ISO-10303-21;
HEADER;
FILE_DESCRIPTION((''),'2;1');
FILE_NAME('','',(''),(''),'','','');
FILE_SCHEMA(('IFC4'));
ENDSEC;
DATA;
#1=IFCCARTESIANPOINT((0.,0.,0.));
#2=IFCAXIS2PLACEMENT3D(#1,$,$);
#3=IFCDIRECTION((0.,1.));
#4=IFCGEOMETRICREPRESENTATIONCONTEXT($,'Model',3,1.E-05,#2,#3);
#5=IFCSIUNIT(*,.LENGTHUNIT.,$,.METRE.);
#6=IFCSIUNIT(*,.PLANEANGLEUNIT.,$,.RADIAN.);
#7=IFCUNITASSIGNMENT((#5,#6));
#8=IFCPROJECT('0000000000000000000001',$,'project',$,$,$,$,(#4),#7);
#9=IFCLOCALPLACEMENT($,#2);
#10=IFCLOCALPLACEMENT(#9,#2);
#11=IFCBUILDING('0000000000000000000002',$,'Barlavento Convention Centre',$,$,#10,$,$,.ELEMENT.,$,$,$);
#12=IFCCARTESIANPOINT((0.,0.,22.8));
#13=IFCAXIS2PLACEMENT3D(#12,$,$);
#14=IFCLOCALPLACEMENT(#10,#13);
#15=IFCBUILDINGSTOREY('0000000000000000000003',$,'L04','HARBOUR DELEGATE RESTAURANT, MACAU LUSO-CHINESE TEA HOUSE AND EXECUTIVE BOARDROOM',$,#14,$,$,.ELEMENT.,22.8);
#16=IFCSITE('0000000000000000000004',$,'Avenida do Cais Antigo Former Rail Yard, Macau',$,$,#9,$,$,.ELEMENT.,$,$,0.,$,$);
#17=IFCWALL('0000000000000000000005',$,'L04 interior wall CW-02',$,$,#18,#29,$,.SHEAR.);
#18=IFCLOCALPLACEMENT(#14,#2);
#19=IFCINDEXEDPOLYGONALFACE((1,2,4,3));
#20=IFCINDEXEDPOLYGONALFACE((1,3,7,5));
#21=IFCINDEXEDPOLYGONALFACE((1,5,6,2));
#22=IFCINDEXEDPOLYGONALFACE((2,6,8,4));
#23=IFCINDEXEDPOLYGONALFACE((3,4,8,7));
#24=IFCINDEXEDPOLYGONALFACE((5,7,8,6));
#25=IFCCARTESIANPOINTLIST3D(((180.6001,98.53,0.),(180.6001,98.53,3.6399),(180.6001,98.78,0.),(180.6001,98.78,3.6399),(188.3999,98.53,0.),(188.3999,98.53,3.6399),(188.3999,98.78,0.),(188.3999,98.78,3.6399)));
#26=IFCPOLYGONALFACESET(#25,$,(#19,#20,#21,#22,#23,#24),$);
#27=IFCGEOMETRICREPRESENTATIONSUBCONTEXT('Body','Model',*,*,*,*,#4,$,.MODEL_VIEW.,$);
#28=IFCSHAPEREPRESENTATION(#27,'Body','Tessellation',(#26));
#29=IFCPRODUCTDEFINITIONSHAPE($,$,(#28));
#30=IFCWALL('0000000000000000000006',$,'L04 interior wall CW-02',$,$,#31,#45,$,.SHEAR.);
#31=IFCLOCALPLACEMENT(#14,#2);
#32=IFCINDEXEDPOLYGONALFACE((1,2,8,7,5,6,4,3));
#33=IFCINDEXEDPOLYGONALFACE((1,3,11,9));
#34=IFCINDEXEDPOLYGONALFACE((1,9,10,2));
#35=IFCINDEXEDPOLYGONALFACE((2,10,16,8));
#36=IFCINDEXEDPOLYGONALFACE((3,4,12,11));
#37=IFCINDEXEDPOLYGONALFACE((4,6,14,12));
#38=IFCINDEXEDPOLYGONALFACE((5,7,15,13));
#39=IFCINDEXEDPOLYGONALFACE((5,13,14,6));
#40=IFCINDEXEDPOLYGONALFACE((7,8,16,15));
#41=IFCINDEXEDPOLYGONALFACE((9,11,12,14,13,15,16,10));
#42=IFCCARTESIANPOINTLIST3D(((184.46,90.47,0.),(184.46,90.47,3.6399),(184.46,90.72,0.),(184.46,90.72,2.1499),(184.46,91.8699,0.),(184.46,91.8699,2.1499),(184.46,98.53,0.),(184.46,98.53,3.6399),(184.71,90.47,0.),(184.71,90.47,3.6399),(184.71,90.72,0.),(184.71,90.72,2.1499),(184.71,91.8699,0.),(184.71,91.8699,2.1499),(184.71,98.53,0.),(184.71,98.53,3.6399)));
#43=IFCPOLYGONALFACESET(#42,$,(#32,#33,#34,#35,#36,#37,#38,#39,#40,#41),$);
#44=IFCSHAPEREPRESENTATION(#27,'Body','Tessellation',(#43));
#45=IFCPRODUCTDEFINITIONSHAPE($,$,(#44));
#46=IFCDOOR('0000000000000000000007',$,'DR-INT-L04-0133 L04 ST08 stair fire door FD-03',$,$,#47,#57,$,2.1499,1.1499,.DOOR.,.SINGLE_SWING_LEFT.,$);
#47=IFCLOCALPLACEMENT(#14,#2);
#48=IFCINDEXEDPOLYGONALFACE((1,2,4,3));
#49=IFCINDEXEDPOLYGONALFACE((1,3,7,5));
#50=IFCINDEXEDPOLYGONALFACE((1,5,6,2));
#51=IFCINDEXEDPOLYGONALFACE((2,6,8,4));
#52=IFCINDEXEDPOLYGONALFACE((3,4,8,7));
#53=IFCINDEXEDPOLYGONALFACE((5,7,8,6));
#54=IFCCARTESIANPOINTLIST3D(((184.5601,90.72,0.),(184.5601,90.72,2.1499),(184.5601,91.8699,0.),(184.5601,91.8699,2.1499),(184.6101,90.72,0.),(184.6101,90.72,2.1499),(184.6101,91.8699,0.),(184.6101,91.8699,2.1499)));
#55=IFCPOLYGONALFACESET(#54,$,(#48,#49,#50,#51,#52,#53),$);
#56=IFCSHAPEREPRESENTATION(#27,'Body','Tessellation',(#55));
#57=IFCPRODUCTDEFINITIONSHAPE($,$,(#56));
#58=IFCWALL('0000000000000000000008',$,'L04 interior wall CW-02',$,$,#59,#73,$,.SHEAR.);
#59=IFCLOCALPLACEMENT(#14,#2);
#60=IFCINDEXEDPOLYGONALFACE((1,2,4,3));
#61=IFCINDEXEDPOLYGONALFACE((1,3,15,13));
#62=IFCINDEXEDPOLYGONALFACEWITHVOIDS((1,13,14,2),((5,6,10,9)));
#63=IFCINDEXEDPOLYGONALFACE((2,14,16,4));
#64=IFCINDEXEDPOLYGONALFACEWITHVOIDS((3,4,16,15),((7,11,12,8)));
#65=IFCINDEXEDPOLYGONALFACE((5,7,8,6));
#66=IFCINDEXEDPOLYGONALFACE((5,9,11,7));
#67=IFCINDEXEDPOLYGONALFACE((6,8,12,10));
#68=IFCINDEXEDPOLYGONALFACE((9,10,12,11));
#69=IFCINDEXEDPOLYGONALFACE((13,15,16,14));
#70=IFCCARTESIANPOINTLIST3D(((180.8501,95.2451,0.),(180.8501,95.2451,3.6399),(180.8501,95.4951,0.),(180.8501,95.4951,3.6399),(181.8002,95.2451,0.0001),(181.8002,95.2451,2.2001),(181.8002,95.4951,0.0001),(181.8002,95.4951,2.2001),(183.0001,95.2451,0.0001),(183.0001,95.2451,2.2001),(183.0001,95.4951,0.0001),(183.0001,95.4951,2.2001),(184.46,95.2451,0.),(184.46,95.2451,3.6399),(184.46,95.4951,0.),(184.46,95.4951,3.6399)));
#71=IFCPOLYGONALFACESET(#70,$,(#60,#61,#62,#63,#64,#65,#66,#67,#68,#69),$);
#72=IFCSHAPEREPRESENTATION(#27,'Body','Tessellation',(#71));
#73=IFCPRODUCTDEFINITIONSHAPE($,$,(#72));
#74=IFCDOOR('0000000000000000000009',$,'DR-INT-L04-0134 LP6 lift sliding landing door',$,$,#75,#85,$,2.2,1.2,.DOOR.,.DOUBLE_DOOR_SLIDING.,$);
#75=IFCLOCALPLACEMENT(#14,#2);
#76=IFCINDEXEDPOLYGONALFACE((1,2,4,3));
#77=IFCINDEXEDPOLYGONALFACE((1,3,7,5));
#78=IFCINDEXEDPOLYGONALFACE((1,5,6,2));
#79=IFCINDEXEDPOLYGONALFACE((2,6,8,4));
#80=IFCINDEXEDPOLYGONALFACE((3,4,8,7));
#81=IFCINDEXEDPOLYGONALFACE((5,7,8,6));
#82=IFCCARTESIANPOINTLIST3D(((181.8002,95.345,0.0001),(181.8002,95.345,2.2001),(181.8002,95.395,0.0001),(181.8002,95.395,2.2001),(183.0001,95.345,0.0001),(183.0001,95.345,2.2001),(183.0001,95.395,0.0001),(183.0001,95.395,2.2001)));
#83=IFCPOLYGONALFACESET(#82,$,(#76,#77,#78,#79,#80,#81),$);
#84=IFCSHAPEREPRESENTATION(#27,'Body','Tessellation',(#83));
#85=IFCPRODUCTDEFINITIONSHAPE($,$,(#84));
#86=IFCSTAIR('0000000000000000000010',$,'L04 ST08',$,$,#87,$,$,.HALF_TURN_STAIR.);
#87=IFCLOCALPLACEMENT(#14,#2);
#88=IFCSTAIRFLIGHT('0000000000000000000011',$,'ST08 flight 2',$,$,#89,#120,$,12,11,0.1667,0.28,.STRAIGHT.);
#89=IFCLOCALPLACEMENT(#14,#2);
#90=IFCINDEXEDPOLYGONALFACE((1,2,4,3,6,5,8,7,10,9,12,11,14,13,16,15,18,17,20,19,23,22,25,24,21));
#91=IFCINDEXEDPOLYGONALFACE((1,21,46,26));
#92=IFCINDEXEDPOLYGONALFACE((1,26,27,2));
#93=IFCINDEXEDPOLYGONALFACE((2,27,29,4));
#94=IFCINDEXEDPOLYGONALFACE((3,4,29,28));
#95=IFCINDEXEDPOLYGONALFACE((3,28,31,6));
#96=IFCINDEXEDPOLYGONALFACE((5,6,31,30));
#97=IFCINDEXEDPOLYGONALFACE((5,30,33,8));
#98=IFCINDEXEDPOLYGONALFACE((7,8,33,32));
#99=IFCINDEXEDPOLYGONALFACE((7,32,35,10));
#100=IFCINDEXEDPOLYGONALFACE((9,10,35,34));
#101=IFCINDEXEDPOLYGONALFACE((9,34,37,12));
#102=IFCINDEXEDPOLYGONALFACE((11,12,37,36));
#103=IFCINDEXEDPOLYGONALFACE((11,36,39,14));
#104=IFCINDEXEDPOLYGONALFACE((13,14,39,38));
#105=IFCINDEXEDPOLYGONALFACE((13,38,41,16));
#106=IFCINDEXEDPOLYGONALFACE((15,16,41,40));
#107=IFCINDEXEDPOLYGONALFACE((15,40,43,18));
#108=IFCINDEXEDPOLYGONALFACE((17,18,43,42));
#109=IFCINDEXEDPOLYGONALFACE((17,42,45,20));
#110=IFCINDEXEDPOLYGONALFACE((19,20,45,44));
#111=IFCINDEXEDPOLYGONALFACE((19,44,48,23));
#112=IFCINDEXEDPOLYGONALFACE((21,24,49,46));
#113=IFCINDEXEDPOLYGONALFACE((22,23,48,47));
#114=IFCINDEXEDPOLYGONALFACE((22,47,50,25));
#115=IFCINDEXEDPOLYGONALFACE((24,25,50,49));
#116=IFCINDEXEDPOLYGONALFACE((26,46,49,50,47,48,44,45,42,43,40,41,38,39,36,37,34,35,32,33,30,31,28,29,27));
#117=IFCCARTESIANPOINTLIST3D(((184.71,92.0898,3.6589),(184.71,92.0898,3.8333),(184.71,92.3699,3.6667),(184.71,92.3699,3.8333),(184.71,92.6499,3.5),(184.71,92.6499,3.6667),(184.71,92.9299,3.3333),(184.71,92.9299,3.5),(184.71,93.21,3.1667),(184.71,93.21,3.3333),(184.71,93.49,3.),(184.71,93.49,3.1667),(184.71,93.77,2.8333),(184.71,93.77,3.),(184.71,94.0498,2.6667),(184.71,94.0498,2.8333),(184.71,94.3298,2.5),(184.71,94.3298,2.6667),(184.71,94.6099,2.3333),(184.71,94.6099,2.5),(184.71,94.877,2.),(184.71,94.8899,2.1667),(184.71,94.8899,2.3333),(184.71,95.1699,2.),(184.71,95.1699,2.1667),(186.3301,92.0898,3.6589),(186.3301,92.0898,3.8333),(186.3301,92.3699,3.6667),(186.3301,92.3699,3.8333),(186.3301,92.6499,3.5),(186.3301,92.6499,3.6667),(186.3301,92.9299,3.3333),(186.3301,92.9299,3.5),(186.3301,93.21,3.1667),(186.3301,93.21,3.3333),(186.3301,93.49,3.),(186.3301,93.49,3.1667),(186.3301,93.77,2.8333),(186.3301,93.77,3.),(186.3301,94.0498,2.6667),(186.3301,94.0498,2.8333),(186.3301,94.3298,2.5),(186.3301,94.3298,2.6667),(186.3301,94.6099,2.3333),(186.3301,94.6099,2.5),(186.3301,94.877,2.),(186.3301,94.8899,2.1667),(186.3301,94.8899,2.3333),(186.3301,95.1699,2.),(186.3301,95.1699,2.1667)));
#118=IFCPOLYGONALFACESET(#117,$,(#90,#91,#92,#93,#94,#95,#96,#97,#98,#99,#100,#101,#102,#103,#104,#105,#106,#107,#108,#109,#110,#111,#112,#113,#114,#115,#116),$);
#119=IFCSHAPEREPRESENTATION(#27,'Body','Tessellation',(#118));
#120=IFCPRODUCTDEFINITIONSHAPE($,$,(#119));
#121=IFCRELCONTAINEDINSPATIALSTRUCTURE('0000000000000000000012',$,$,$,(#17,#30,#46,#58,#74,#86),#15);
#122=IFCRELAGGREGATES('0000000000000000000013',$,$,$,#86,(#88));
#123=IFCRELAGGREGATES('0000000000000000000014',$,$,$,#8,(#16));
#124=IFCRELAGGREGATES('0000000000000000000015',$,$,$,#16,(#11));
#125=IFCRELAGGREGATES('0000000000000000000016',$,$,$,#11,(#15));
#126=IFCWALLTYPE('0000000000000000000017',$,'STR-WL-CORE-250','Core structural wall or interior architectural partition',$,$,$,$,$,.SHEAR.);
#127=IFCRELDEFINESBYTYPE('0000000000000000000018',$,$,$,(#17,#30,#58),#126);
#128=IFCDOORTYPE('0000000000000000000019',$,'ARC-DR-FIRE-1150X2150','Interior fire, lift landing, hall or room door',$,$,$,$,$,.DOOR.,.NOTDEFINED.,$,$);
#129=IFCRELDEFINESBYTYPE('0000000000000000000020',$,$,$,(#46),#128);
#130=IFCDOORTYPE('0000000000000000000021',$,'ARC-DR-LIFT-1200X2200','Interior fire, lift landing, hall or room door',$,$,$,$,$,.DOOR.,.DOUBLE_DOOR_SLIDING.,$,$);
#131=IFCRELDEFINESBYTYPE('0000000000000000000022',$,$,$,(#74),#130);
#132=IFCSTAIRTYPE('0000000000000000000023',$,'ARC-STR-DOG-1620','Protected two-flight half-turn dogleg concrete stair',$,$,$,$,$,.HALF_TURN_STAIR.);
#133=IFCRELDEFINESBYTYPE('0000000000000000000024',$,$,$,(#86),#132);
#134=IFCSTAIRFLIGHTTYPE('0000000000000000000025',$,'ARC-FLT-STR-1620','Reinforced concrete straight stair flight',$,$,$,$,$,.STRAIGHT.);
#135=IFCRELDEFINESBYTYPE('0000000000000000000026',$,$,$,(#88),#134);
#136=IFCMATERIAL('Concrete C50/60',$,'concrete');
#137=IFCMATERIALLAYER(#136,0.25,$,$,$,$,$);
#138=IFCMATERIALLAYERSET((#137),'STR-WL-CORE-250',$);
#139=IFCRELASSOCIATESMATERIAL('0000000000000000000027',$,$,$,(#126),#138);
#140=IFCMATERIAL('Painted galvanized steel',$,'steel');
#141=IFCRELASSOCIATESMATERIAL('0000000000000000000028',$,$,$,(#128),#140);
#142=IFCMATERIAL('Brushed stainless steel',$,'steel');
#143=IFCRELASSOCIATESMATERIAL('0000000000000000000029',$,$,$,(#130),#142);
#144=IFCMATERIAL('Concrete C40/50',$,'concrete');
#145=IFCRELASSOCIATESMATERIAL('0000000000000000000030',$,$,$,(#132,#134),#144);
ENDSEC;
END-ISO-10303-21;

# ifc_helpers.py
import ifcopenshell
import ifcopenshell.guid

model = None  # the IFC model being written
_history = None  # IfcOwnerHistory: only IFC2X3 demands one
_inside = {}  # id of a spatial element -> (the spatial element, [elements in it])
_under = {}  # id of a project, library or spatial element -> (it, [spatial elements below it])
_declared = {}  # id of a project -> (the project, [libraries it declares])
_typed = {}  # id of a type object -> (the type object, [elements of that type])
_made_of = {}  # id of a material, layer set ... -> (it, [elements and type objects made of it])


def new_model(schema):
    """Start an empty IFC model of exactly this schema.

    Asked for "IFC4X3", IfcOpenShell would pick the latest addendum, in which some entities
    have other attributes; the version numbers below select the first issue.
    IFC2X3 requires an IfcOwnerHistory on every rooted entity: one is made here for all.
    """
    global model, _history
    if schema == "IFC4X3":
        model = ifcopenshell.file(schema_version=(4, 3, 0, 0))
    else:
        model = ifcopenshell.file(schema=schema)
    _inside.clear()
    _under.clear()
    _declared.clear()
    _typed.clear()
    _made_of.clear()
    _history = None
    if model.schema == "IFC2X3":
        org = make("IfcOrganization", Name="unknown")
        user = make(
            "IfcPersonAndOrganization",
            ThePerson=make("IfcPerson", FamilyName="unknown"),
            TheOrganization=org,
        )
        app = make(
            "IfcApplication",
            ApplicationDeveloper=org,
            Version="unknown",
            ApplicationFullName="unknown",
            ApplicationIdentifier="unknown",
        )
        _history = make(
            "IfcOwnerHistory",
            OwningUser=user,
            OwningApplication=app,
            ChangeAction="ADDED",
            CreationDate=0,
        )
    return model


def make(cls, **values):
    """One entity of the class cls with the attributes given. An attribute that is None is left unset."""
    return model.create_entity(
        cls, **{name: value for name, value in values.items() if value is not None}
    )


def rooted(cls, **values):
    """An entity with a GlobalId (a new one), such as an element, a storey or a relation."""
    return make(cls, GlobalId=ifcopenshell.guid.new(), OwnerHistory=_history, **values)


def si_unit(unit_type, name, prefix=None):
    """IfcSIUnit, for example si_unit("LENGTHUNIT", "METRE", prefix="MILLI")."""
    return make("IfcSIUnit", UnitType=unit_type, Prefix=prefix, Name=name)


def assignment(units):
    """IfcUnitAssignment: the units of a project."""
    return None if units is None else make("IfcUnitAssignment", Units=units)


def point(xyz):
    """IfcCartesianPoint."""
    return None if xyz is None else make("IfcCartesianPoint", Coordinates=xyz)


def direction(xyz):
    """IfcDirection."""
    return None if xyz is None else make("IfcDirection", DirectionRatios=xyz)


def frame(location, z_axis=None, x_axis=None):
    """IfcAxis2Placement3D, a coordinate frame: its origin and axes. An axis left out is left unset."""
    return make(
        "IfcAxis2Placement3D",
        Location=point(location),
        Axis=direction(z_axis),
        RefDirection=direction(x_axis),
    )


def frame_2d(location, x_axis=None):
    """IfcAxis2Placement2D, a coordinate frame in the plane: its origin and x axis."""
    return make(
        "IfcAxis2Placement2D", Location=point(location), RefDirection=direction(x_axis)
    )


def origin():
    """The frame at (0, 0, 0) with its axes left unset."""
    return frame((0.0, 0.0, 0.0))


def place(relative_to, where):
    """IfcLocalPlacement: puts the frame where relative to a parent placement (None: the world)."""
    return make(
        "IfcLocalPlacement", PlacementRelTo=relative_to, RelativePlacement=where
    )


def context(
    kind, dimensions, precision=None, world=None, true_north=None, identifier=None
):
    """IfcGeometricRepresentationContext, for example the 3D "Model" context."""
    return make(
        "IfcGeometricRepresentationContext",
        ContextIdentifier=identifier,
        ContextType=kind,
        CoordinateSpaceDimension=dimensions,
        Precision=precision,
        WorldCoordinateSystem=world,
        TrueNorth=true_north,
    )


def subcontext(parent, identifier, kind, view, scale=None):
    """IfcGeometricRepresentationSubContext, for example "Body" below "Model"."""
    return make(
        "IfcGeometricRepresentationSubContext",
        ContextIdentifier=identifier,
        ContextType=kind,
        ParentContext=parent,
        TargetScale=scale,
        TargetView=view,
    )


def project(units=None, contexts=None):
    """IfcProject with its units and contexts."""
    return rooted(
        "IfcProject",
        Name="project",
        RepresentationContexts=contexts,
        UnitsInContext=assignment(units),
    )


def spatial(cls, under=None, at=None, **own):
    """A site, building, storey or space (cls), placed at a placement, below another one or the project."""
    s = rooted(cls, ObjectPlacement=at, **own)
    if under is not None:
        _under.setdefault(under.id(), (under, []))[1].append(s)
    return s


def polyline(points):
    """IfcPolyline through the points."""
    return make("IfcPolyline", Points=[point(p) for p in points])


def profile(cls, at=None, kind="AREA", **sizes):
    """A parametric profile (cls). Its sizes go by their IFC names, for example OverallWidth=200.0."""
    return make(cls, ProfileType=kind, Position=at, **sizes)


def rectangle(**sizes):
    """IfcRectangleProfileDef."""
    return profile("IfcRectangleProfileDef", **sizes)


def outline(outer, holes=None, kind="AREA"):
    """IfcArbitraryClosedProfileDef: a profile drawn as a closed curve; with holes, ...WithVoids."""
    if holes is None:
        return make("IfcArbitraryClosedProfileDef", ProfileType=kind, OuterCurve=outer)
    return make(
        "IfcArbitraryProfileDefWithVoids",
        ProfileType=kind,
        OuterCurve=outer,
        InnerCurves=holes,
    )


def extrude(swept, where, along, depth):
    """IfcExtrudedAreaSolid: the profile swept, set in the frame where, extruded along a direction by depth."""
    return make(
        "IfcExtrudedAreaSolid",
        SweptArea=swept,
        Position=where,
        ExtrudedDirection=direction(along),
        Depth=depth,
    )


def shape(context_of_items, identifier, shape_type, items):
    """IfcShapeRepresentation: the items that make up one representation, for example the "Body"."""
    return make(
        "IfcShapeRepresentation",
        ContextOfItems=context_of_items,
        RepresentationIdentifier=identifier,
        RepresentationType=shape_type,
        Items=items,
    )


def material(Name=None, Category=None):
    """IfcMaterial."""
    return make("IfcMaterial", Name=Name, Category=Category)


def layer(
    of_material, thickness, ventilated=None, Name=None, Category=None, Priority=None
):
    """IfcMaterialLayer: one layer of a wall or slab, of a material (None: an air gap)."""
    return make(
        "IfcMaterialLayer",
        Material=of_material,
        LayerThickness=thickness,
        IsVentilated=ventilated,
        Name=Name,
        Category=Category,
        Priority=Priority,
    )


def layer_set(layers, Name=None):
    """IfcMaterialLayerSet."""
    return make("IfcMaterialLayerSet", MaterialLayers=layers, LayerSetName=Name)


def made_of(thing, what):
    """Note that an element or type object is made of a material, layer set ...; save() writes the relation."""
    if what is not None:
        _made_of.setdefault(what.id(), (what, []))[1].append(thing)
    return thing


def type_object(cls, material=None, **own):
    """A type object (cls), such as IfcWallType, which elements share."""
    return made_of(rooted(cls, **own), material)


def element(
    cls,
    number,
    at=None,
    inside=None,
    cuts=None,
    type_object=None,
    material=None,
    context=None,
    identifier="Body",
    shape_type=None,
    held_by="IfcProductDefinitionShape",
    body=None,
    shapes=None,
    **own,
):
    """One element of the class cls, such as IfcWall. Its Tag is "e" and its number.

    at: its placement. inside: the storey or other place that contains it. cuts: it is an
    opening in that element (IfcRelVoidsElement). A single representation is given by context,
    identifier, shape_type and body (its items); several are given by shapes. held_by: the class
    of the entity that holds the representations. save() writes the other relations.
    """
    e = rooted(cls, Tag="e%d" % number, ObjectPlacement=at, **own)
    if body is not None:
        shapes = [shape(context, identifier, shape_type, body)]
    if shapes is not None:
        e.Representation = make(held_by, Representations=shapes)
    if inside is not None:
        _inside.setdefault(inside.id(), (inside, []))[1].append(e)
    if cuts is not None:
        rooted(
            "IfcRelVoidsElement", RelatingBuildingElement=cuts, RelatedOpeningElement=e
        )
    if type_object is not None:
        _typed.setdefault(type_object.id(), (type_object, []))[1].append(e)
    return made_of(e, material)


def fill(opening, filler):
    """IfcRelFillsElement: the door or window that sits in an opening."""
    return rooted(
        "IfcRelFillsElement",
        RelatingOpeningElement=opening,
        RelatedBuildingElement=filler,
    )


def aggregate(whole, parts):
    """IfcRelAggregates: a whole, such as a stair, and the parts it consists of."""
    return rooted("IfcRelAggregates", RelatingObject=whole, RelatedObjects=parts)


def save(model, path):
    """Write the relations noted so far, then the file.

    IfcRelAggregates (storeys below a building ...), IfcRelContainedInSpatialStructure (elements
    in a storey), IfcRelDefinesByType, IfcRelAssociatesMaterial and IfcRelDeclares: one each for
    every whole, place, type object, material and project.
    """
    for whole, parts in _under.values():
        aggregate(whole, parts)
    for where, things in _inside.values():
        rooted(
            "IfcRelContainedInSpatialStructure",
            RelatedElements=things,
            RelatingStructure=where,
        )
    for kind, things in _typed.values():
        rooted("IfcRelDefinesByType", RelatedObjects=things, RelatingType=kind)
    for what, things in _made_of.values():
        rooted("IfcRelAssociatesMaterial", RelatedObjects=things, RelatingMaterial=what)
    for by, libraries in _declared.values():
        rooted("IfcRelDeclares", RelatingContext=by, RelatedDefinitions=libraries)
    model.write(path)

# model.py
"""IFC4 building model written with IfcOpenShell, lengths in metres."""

from ifc_helpers import new_model, si_unit, direction, frame, frame_2d, origin, place, context, subcontext, project, spatial, polyline, rectangle, outline, extrude, material, layer, layer_set, type_object, element, fill, aggregate, save


model = new_model("IFC4")

# Units and contexts
model_context = context("Model", 3, precision=1e-05, world=origin(), true_north=direction((0.0, 1.0)))
body_context = subcontext(model_context, "Body", "Model", "MODEL_VIEW")
ifc_project = project(units=[si_unit("LENGTHUNIT", "METRE"), si_unit("PLANEANGLEUNIT", "RADIAN")], contexts=[model_context])

# Site, building, storey
site_placement = place(None, origin())
site = spatial("IfcSite", under=ifc_project, at=site_placement, Name="Avenida do Cais Antigo Former Rail Yard, Macau", CompositionType="ELEMENT", RefElevation=0.0)
building_placement = place(site_placement, origin())
building = spatial("IfcBuilding", under=site, at=building_placement, Name="Barlavento Convention Centre", CompositionType="ELEMENT")
storey_placement = place(building_placement, frame((0.0, 0.0, 22.8)))
storey = spatial("IfcBuildingStorey", under=building, at=storey_placement, Name="L04", Description="HARBOUR DELEGATE RESTAURANT, MACAU LUSO-CHINESE TEA HOUSE AND EXECUTIVE BOARDROOM", CompositionType="ELEMENT", Elevation=22.8)

# Shared definitions
ifc_material_1 = material(Name="Concrete C50/60", Category="concrete")
ifc_layer_1 = layer(ifc_material_1, 0.25)
ifc_layer_set_1 = layer_set([ifc_layer_1], Name="STR-WL-CORE-250")
wall_type_1 = type_object("IfcWallType", Name="STR-WL-CORE-250", Description="Core structural wall or interior architectural partition", PredefinedType="SHEAR", material=ifc_layer_set_1)
ifc_material_2 = material(Name="Painted galvanized steel", Category="steel")

# Wall
for number, where, z_axis, x_axis, name in (
    (1, (180.6001, 98.655, 0.0), (0.0, 0.0, 1.0), (1.0, 0.0, 0.0), "L04 interior wall CW-02"),
):
    element("IfcWall", number, at=place(storey_placement, frame(where, z_axis=z_axis, x_axis=x_axis)), inside=storey, type_object=wall_type_1, Name=name, PredefinedType="SHEAR", context=body_context, shape_type="SweptSolid", body=[
        extrude(rectangle(XDim=7.7998, YDim=0.25, at=frame_2d((3.8999, 0.0))), origin(), (0.0, 0.0, 1.0), 3.6399),
    ])

# Walls, openings, doors
wall_1_placement = place(storey_placement, frame((184.585, 90.47, 0.0), z_axis=(0.0, 0.0, 1.0), x_axis=(0.0, 1.0, 0.0)))
wall_1 = element("IfcWall", 2, at=wall_1_placement, inside=storey, type_object=wall_type_1, Name="L04 interior wall CW-02", PredefinedType="SHEAR", context=body_context, shape_type="SweptSolid", body=[
    extrude(rectangle(XDim=8.0601, YDim=0.25, at=frame_2d((4.03, 0.0))), origin(), (0.0, 0.0, 1.0), 3.6399),
])
opening_1_placement = place(wall_1_placement, frame((0.25, 0.0, 0.0)))
opening_1 = element("IfcOpeningElement", 3, at=opening_1_placement, cuts=wall_1, PredefinedType="OPENING", context=body_context, shape_type="SweptSolid", body=[
    extrude(rectangle(XDim=1.1499, YDim=2.1499, at=frame_2d((0.575, 1.075))), frame((0.0, 0.135, 0.0), z_axis=(0.0, -1.0, 0.0), x_axis=(1.0, 0.0, 0.0)), (0.0, 0.0, 1.0), 0.27),
])
door_type_1 = type_object("IfcDoorType", Name="ARC-DR-FIRE-1150X2150", Description="Interior fire, lift landing, hall or room door", OperationType="NOTDEFINED", PredefinedType="DOOR", material=ifc_material_2)
door_1_placement = place(opening_1_placement, origin())
door_1 = element("IfcDoor", 4, at=door_1_placement, inside=storey, type_object=door_type_1, Name="DR-INT-L04-0133 L04 ST08 stair fire door FD-03", OperationType="SINGLE_SWING_LEFT", OverallHeight=2.1499, OverallWidth=1.1499, PredefinedType="DOOR", context=body_context, shape_type="SweptSolid", body=[
    extrude(rectangle(XDim=1.1499, YDim=2.1499, at=frame_2d((0.575, 1.075))), frame((0.0, 0.0249, 0.0), z_axis=(0.0, -1.0, 0.0), x_axis=(1.0, 0.0, 0.0)), (0.0, 0.0, 1.0), 0.05),
])
fill(opening_1, door_1)
wall_2_placement = place(storey_placement, frame((180.8501, 95.3701, 0.0), z_axis=(0.0, 0.0, 1.0), x_axis=(1.0, 0.0, 0.0)))
wall_2 = element("IfcWall", 5, at=wall_2_placement, inside=storey, type_object=wall_type_1, Name="L04 interior wall CW-02", PredefinedType="SHEAR", context=body_context, shape_type="SweptSolid", body=[
    extrude(rectangle(XDim=3.6099, YDim=0.25, at=frame_2d((1.8049, 0.0))), origin(), (0.0, 0.0, 1.0), 3.6399),
])
opening_2_placement = place(wall_2_placement, frame((0.95, 0.0, 0.0)))
opening_2 = element("IfcOpeningElement", 6, at=opening_2_placement, cuts=wall_2, PredefinedType="OPENING", context=body_context, shape_type="SweptSolid", body=[
    extrude(rectangle(XDim=1.2, YDim=2.2, at=frame_2d((0.6001, 1.1001))), frame((0.0, 0.135, 0.0), z_axis=(0.0, -1.0, 0.0), x_axis=(1.0, 0.0, 0.0)), (0.0, 0.0, 1.0), 0.27),
])
ifc_material_3 = material(Name="Brushed stainless steel", Category="steel")
door_type_2 = type_object("IfcDoorType", Name="ARC-DR-LIFT-1200X2200", Description="Interior fire, lift landing, hall or room door", OperationType="DOUBLE_DOOR_SLIDING", PredefinedType="DOOR", material=ifc_material_3)
door_2_placement = place(opening_2_placement, origin())
door_2 = element("IfcDoor", 7, at=door_2_placement, inside=storey, type_object=door_type_2, Name="DR-INT-L04-0134 LP6 lift sliding landing door", OperationType="DOUBLE_DOOR_SLIDING", OverallHeight=2.2, OverallWidth=1.2, PredefinedType="DOOR", context=body_context, shape_type="SweptSolid", body=[
    extrude(rectangle(XDim=1.2, YDim=2.2, at=frame_2d((0.6001, 1.1001))), frame((0.0, 0.0249, 0.0), z_axis=(0.0, -1.0, 0.0), x_axis=(1.0, 0.0, 0.0)), (0.0, 0.0, 1.0), 0.05),
])
fill(opening_2, door_2)

# Stair, stair flight
ifc_material_4 = material(Name="Concrete C40/50", Category="concrete")
stair_type = type_object("IfcStairType", Name="ARC-STR-DOG-1620", Description="Protected two-flight half-turn dogleg concrete stair", PredefinedType="HALF_TURN_STAIR", material=ifc_material_4)
stair_placement = place(storey_placement, origin())
stair = element("IfcStair", 8, at=stair_placement, inside=storey, type_object=stair_type, Name="L04 ST08", PredefinedType="HALF_TURN_STAIR")
stair_flight_type = type_object("IfcStairFlightType", Name="ARC-FLT-STR-1620", Description="Reinforced concrete straight stair flight", PredefinedType="STRAIGHT", material=ifc_material_4)
stair_flight_placement = place(storey_placement, frame((185.52, 95.1699, 2.0), z_axis=(0.0, 0.0, 1.0), x_axis=(0.0, -1.0, 0.0)))
stair_flight = element("IfcStairFlight", 9, at=stair_flight_placement, type_object=stair_flight_type, Name="ST08 flight 2", NumberOfRisers=12, NumberOfTreads=11, PredefinedType="STRAIGHT", RiserHeight=0.1667, TreadLength=0.28, context=body_context, shape_type="SweptSolid", body=[
    extrude(outline(polyline([(0.0, 0.0), (0.0, 0.1667), (0.28, 0.1667), (0.28, 0.3333), (0.5601, 0.3333), (0.5601, 0.5), (0.8401, 0.5), (0.8401, 0.6667), (1.1201, 0.6667), (1.1201, 0.8333), (1.3999, 0.8333), (1.3999, 1.0), (1.6799, 1.0), (1.6799, 1.1667), (1.96, 1.1667), (1.96, 1.3333), (2.24, 1.3333), (2.24, 1.5), (2.52, 1.5), (2.52, 1.6667), (2.8, 1.6667), (2.8, 1.8333), (3.0801, 1.8333), (3.0801, 2.0), (3.0801, 1.6589), (0.293, 0.0), (0.0, 0.0)])), frame((0.0, 0.8101, 0.0), z_axis=(0.0, -1.0, 0.0), x_axis=(1.0, 0.0, 0.0)), (0.0, 0.0, 1.0), 1.6201),
])
aggregate(stair, [stair_flight])

save(model, "model.ifc")
